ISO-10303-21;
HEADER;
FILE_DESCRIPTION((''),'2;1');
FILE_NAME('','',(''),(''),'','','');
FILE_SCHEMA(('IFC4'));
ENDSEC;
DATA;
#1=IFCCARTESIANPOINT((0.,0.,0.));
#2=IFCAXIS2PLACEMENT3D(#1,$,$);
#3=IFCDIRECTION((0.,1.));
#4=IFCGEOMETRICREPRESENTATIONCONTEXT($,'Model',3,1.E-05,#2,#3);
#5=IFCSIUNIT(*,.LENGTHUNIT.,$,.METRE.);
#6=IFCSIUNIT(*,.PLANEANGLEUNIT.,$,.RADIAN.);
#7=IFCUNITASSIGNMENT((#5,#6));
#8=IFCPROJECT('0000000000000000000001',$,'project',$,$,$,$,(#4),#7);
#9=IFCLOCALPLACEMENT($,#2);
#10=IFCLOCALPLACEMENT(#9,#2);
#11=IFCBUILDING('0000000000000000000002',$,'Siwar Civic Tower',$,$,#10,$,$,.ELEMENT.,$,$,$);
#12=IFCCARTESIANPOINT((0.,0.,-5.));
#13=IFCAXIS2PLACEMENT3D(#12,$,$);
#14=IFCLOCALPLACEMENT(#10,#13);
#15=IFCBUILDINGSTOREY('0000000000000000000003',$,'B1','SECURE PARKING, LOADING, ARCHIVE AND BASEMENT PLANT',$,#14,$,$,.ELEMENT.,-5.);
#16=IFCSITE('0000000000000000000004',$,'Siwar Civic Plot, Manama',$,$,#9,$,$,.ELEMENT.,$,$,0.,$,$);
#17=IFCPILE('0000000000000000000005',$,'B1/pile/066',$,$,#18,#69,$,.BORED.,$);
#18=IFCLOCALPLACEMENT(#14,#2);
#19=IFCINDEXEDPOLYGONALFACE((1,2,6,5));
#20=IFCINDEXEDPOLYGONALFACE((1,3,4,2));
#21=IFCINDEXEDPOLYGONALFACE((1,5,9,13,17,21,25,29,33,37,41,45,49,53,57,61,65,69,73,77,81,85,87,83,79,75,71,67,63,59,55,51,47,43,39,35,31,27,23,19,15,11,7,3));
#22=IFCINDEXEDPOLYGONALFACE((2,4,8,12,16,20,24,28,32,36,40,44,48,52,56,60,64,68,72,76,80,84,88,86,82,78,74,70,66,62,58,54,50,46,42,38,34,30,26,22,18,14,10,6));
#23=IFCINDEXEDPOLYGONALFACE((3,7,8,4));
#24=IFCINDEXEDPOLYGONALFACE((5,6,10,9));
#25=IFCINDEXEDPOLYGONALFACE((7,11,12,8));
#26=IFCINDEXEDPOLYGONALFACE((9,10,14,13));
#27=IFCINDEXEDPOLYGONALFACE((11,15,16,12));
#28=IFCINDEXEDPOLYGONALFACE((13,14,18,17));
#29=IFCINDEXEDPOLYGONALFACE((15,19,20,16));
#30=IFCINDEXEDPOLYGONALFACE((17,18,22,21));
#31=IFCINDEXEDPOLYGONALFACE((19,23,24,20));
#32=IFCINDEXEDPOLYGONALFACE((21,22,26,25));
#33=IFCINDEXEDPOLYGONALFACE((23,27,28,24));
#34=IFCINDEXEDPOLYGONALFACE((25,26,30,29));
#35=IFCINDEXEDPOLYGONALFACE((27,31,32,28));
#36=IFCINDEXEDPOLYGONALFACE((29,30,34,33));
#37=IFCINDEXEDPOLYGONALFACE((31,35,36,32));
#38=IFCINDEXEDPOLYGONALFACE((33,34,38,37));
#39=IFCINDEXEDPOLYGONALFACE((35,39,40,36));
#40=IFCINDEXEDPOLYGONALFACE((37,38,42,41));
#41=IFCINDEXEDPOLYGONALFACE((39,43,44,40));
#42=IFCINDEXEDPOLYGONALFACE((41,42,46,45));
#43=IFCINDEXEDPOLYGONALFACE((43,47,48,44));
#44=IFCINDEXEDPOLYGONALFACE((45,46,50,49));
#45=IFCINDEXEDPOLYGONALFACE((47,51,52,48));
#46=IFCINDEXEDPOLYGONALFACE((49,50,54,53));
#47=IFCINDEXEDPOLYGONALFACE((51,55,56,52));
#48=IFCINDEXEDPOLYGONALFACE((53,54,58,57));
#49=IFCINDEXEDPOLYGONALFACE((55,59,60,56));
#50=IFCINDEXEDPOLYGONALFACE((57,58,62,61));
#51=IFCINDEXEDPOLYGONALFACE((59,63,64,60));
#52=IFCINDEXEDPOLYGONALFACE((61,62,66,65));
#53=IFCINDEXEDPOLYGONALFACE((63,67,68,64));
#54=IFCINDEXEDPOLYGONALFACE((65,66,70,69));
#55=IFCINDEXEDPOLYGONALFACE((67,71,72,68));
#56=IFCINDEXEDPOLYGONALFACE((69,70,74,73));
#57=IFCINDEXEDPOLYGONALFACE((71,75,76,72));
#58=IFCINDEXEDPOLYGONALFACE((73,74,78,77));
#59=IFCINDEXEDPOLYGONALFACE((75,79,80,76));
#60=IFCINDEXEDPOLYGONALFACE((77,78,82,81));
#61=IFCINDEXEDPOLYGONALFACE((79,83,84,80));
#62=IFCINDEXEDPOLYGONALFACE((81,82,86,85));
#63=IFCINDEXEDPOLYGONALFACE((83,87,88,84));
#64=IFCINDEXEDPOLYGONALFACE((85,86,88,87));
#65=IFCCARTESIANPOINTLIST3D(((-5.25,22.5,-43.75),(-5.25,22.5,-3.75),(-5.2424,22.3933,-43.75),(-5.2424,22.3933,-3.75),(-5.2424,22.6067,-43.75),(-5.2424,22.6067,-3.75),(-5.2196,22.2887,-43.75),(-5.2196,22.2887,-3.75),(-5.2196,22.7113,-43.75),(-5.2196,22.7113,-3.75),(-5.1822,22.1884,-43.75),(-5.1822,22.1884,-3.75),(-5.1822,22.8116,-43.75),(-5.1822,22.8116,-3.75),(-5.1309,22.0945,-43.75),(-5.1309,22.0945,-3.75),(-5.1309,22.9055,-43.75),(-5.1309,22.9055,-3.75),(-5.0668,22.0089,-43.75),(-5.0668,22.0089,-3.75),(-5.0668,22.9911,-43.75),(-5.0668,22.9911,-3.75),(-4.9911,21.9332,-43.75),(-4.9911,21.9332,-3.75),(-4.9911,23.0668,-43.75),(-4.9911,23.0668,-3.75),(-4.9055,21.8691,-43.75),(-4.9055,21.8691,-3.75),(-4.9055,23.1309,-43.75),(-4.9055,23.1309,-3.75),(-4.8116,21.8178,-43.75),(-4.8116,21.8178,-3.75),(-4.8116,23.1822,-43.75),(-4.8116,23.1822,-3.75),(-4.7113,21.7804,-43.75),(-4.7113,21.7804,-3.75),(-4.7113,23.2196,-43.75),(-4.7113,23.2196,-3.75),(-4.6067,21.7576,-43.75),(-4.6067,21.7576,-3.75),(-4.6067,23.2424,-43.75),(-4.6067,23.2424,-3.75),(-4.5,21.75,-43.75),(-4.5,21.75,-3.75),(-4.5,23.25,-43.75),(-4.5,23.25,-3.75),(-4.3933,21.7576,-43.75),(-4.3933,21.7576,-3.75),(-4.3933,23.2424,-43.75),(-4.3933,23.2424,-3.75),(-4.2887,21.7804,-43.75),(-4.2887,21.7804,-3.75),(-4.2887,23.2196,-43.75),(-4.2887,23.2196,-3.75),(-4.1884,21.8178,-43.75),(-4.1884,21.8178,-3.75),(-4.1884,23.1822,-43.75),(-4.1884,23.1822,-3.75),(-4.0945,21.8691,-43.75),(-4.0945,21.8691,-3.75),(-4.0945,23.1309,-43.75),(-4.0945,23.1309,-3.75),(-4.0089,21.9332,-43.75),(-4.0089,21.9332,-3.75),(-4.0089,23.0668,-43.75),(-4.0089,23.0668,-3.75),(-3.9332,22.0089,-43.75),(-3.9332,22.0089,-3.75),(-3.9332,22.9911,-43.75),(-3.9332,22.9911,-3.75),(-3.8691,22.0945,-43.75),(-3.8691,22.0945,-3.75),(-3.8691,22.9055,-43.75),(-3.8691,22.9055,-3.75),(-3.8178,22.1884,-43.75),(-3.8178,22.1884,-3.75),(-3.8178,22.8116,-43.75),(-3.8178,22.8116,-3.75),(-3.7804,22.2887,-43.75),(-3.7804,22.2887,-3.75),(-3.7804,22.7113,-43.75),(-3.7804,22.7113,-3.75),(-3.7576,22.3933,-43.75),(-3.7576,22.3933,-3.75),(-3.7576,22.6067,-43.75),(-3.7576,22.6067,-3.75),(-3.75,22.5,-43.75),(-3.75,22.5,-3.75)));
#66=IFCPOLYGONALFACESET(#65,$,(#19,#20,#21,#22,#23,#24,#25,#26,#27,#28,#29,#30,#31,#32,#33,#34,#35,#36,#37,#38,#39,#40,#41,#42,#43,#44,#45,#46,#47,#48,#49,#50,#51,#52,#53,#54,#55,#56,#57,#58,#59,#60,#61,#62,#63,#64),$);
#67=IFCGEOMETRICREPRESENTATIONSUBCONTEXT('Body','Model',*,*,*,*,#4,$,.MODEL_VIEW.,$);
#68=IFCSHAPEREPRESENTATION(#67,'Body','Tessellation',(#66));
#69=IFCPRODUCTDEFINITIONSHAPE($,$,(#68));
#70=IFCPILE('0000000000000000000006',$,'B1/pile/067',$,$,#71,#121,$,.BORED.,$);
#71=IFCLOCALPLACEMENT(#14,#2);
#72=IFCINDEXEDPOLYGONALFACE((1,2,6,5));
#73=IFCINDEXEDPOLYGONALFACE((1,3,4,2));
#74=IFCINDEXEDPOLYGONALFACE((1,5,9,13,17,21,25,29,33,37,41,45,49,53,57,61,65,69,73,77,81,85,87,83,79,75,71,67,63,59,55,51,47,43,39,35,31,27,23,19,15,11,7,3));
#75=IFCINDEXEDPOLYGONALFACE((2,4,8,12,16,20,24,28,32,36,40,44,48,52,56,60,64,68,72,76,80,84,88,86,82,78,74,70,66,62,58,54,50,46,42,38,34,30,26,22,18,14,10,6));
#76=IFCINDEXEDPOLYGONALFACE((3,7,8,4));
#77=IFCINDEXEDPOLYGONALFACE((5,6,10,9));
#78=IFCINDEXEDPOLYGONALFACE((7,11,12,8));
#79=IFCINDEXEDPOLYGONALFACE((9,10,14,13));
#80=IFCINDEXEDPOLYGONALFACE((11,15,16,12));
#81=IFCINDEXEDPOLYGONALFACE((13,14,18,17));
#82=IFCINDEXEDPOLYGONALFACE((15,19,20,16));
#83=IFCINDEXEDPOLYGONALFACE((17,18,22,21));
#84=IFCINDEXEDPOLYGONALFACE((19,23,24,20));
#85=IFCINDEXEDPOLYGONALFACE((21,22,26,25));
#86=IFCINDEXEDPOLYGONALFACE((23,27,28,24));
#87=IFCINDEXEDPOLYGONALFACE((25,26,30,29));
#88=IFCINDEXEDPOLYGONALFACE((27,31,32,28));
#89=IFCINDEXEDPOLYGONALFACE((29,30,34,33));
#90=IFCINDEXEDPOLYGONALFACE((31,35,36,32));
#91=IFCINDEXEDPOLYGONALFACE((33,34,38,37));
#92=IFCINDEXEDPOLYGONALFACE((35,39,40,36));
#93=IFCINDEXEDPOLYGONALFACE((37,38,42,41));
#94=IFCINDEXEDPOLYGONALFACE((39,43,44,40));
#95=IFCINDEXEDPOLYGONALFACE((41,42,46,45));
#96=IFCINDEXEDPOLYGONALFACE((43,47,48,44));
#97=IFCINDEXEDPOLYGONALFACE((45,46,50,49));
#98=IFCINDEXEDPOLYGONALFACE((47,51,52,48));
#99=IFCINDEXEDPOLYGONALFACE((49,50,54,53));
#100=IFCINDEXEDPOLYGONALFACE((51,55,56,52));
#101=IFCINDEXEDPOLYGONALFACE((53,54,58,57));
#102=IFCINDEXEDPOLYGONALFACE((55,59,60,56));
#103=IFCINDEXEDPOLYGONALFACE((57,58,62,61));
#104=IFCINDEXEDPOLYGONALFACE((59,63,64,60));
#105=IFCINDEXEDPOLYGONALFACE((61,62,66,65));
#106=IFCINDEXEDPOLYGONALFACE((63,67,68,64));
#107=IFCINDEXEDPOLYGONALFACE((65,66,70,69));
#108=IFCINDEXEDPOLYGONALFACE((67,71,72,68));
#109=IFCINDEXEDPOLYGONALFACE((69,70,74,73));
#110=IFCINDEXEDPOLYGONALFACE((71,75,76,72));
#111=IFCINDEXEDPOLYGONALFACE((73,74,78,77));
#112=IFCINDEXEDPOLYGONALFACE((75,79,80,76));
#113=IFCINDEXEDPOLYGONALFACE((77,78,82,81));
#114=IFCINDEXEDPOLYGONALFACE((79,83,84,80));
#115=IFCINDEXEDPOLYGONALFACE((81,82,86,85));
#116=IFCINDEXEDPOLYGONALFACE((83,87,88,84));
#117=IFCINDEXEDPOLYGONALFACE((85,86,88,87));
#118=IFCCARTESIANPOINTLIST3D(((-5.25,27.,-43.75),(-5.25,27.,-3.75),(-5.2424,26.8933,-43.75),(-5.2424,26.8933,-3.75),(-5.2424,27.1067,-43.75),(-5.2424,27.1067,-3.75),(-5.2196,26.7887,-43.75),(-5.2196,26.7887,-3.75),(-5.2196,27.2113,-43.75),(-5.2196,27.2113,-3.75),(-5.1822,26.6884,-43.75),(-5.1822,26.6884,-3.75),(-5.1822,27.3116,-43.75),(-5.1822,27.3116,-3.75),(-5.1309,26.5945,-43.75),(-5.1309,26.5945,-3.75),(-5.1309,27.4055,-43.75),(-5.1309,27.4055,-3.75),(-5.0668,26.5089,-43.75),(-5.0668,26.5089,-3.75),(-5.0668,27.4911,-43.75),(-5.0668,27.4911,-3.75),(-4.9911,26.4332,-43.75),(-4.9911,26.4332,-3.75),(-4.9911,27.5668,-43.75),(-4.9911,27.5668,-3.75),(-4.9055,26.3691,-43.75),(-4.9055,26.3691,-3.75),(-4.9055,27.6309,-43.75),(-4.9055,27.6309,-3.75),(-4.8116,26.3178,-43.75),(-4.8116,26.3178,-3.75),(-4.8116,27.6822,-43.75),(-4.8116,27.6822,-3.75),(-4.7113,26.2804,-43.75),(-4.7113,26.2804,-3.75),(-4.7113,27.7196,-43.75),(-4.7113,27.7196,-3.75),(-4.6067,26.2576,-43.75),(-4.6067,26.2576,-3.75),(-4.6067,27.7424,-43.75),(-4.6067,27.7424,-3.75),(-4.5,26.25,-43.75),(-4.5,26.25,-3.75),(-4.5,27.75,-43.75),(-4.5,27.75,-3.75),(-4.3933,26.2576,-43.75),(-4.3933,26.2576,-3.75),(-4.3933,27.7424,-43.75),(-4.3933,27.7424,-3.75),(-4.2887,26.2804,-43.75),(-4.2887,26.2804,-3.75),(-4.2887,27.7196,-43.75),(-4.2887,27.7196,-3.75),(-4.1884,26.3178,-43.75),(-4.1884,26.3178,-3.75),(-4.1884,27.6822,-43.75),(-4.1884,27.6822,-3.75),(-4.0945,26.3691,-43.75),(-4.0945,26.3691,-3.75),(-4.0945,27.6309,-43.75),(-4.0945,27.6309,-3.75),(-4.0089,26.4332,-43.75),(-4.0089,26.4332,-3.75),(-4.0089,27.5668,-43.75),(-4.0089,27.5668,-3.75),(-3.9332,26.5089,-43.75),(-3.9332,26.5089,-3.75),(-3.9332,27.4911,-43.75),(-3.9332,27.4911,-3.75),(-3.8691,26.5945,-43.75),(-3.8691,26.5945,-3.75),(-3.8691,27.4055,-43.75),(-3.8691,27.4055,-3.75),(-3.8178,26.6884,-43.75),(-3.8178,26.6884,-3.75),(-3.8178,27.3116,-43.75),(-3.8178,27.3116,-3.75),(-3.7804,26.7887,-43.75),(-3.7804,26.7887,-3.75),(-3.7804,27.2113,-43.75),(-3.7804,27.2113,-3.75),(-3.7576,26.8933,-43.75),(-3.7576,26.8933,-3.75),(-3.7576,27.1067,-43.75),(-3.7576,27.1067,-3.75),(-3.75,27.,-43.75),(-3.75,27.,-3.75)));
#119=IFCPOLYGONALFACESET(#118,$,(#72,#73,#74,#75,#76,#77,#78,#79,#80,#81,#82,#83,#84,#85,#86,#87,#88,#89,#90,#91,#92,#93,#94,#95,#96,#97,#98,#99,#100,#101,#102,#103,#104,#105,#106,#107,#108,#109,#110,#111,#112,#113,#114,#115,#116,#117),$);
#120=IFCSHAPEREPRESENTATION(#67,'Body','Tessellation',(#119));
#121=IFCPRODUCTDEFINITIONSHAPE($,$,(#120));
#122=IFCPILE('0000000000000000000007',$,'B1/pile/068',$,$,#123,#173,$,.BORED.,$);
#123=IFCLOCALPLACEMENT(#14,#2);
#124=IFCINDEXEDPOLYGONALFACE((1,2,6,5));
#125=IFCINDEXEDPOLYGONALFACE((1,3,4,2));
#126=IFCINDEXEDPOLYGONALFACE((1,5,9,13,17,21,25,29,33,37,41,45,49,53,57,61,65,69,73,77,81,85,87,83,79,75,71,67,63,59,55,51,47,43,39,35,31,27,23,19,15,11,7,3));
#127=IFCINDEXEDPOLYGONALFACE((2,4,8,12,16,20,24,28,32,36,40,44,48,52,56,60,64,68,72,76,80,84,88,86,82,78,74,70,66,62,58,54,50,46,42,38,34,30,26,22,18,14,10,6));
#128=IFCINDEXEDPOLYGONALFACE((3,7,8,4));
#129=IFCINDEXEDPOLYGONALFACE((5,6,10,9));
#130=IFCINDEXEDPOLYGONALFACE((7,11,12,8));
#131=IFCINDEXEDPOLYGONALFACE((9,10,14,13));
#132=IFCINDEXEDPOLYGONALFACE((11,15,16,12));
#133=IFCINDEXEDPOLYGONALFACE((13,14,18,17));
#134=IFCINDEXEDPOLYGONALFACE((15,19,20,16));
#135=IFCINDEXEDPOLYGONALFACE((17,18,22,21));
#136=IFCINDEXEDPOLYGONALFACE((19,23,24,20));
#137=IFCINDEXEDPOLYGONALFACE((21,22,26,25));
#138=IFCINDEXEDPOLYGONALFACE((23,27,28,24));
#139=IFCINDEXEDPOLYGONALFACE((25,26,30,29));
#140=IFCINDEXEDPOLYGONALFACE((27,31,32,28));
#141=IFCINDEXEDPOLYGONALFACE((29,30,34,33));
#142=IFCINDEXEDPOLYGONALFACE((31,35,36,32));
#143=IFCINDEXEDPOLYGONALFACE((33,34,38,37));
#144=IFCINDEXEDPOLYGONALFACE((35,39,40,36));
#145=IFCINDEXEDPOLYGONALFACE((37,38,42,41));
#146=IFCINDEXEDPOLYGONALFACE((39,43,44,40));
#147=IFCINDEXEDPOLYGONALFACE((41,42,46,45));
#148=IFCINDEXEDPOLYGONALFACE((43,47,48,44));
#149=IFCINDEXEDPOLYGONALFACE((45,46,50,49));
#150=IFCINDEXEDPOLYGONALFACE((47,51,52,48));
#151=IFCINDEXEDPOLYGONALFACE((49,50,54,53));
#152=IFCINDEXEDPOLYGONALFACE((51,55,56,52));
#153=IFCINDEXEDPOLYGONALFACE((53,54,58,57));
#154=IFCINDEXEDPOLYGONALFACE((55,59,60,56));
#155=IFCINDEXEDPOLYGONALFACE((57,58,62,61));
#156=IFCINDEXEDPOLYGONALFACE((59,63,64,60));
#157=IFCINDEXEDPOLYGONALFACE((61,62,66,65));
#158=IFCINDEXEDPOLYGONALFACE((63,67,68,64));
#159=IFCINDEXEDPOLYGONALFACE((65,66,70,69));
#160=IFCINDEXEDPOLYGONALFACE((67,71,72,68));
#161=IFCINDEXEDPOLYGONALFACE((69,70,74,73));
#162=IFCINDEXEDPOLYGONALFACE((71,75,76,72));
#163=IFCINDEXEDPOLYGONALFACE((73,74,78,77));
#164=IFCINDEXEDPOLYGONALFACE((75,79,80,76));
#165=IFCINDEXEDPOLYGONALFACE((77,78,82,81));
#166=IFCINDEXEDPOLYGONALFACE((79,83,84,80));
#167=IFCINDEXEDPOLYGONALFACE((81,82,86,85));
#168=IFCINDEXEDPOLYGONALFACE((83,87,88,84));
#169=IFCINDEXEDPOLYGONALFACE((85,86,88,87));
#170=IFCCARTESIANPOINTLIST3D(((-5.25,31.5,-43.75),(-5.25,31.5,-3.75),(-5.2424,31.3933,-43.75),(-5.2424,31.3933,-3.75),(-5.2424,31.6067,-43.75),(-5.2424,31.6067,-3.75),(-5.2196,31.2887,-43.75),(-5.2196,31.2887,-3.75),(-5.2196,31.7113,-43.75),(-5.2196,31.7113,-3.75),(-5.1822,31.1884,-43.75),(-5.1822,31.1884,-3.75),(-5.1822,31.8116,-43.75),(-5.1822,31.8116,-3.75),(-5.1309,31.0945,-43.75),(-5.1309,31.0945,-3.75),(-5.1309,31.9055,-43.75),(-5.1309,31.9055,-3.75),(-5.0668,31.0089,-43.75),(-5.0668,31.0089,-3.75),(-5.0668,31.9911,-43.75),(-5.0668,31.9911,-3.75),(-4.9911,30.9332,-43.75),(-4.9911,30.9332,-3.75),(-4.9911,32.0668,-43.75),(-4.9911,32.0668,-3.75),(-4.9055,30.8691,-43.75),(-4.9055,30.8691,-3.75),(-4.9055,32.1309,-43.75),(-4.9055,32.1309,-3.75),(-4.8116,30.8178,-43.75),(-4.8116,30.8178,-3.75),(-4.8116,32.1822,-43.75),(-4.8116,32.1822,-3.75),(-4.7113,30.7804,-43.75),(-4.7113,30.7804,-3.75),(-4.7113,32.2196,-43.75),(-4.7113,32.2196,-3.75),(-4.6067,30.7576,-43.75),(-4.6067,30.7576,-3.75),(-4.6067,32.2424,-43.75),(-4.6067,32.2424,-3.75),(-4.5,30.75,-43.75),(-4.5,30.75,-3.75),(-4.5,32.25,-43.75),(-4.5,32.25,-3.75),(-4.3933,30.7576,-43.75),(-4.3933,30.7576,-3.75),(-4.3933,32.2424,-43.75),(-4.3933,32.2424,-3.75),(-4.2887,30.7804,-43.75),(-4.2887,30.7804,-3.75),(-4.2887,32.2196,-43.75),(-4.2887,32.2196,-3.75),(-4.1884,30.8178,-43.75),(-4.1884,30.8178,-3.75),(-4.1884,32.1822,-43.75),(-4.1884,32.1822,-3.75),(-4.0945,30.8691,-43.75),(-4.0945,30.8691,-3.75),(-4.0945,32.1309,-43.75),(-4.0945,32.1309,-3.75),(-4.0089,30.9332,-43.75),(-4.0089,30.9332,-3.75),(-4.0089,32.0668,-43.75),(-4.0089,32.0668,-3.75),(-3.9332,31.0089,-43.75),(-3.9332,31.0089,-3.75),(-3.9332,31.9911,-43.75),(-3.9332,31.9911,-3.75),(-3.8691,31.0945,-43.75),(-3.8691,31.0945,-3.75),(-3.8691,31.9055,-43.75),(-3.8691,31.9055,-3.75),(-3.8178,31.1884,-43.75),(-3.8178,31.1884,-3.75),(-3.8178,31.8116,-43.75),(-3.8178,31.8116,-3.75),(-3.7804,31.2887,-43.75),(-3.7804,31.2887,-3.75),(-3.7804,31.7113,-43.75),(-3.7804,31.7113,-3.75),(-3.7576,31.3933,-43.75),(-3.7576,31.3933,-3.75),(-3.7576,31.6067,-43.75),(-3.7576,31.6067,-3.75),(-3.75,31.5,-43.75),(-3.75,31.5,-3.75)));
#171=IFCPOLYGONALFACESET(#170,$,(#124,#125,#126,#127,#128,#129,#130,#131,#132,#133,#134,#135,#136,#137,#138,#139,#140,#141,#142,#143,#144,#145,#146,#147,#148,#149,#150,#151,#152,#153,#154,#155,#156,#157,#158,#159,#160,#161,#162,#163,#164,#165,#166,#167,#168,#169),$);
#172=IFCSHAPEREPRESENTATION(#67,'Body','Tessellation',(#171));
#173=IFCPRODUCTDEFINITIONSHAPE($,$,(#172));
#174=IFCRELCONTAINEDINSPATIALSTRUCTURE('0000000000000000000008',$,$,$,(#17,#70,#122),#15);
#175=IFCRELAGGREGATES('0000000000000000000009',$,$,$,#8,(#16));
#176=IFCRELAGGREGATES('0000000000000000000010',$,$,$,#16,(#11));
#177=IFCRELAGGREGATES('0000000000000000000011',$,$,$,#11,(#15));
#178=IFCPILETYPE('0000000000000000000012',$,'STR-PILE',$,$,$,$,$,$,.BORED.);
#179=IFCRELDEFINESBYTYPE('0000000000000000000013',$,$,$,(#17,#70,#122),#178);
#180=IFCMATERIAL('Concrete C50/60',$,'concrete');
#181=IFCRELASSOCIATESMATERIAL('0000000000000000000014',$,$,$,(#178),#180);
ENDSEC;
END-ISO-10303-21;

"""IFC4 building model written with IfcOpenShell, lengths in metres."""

from ifc_helpers import new_model, si_unit, direction, frame, origin, origin_2d, place, context, subcontext, project, spatial, circle, extrude, material, material_profile, profile_set, type_object, element, save


model = new_model("IFC4")

# Units and contexts
model_context = context("Model", 3, precision=1e-05, world=origin(), true_north=direction((0.0, 1.0)))
body_context = subcontext(model_context, "Body", "Model", "MODEL_VIEW")
ifc_project = project(units=[si_unit("LENGTHUNIT", "METRE"), si_unit("PLANEANGLEUNIT", "RADIAN")], contexts=[model_context])

# Site, building, storey
site_placement = place(None, origin())
site = spatial("IfcSite", under=ifc_project, at=site_placement, Name="Siwar Civic Plot, Manama", CompositionType="ELEMENT", RefElevation=0.0)
building_placement = place(site_placement, origin())
building = spatial("IfcBuilding", under=site, at=building_placement, Name="Siwar Civic Tower", CompositionType="ELEMENT")
storey_placement = place(building_placement, frame((0.0, 0.0, -5.0)))
storey = spatial("IfcBuildingStorey", under=building, at=storey_placement, Name="B1", Description="SECURE PARKING, LOADING, ARCHIVE AND BASEMENT PLANT", CompositionType="ELEMENT", Elevation=-5.0)

# Piles
ifc_material_1 = material(Name="Concrete C50/60", Category="concrete")
ifc_material_profile_1 = material_profile(ifc_material_1, circle(Radius=0.75, at=origin_2d()), Name="PILE1500")
ifc_profile_set_1 = profile_set([ifc_material_profile_1], Name="Concrete C50/60")
pile_type = type_object("IfcPileType", Name="STR-PILE", PredefinedType="BORED", material=ifc_profile_set_1)
for number, where, z_axis, x_axis, name in (
    (1, (-4.5, 22.5, -3.75), (0.0, 0.0, -1.0), (1.0, 0.0, 0.0), "B1/pile/066"),
    (2, (-4.5, 27.0, -3.75), (0.0, 0.0, -1.0), (1.0, 0.0, 0.0), "B1/pile/067"),
    (3, (-4.5, 31.5, -3.75), (0.0, 0.0, -1.0), (1.0, 0.0, 0.0), "B1/pile/068"),
):
    element("IfcPile", number, at=place(storey_placement, frame(where, z_axis=z_axis, x_axis=x_axis)), inside=storey, type_object=pile_type, Name=name, PredefinedType="BORED", context=body_context, shape_type="SweptSolid", body=[
        extrude(circle(Radius=0.75, at=origin_2d()), origin(), (0.0, 0.0, 1.0), 40.0),
    ])

save(model, "model.ifc")
